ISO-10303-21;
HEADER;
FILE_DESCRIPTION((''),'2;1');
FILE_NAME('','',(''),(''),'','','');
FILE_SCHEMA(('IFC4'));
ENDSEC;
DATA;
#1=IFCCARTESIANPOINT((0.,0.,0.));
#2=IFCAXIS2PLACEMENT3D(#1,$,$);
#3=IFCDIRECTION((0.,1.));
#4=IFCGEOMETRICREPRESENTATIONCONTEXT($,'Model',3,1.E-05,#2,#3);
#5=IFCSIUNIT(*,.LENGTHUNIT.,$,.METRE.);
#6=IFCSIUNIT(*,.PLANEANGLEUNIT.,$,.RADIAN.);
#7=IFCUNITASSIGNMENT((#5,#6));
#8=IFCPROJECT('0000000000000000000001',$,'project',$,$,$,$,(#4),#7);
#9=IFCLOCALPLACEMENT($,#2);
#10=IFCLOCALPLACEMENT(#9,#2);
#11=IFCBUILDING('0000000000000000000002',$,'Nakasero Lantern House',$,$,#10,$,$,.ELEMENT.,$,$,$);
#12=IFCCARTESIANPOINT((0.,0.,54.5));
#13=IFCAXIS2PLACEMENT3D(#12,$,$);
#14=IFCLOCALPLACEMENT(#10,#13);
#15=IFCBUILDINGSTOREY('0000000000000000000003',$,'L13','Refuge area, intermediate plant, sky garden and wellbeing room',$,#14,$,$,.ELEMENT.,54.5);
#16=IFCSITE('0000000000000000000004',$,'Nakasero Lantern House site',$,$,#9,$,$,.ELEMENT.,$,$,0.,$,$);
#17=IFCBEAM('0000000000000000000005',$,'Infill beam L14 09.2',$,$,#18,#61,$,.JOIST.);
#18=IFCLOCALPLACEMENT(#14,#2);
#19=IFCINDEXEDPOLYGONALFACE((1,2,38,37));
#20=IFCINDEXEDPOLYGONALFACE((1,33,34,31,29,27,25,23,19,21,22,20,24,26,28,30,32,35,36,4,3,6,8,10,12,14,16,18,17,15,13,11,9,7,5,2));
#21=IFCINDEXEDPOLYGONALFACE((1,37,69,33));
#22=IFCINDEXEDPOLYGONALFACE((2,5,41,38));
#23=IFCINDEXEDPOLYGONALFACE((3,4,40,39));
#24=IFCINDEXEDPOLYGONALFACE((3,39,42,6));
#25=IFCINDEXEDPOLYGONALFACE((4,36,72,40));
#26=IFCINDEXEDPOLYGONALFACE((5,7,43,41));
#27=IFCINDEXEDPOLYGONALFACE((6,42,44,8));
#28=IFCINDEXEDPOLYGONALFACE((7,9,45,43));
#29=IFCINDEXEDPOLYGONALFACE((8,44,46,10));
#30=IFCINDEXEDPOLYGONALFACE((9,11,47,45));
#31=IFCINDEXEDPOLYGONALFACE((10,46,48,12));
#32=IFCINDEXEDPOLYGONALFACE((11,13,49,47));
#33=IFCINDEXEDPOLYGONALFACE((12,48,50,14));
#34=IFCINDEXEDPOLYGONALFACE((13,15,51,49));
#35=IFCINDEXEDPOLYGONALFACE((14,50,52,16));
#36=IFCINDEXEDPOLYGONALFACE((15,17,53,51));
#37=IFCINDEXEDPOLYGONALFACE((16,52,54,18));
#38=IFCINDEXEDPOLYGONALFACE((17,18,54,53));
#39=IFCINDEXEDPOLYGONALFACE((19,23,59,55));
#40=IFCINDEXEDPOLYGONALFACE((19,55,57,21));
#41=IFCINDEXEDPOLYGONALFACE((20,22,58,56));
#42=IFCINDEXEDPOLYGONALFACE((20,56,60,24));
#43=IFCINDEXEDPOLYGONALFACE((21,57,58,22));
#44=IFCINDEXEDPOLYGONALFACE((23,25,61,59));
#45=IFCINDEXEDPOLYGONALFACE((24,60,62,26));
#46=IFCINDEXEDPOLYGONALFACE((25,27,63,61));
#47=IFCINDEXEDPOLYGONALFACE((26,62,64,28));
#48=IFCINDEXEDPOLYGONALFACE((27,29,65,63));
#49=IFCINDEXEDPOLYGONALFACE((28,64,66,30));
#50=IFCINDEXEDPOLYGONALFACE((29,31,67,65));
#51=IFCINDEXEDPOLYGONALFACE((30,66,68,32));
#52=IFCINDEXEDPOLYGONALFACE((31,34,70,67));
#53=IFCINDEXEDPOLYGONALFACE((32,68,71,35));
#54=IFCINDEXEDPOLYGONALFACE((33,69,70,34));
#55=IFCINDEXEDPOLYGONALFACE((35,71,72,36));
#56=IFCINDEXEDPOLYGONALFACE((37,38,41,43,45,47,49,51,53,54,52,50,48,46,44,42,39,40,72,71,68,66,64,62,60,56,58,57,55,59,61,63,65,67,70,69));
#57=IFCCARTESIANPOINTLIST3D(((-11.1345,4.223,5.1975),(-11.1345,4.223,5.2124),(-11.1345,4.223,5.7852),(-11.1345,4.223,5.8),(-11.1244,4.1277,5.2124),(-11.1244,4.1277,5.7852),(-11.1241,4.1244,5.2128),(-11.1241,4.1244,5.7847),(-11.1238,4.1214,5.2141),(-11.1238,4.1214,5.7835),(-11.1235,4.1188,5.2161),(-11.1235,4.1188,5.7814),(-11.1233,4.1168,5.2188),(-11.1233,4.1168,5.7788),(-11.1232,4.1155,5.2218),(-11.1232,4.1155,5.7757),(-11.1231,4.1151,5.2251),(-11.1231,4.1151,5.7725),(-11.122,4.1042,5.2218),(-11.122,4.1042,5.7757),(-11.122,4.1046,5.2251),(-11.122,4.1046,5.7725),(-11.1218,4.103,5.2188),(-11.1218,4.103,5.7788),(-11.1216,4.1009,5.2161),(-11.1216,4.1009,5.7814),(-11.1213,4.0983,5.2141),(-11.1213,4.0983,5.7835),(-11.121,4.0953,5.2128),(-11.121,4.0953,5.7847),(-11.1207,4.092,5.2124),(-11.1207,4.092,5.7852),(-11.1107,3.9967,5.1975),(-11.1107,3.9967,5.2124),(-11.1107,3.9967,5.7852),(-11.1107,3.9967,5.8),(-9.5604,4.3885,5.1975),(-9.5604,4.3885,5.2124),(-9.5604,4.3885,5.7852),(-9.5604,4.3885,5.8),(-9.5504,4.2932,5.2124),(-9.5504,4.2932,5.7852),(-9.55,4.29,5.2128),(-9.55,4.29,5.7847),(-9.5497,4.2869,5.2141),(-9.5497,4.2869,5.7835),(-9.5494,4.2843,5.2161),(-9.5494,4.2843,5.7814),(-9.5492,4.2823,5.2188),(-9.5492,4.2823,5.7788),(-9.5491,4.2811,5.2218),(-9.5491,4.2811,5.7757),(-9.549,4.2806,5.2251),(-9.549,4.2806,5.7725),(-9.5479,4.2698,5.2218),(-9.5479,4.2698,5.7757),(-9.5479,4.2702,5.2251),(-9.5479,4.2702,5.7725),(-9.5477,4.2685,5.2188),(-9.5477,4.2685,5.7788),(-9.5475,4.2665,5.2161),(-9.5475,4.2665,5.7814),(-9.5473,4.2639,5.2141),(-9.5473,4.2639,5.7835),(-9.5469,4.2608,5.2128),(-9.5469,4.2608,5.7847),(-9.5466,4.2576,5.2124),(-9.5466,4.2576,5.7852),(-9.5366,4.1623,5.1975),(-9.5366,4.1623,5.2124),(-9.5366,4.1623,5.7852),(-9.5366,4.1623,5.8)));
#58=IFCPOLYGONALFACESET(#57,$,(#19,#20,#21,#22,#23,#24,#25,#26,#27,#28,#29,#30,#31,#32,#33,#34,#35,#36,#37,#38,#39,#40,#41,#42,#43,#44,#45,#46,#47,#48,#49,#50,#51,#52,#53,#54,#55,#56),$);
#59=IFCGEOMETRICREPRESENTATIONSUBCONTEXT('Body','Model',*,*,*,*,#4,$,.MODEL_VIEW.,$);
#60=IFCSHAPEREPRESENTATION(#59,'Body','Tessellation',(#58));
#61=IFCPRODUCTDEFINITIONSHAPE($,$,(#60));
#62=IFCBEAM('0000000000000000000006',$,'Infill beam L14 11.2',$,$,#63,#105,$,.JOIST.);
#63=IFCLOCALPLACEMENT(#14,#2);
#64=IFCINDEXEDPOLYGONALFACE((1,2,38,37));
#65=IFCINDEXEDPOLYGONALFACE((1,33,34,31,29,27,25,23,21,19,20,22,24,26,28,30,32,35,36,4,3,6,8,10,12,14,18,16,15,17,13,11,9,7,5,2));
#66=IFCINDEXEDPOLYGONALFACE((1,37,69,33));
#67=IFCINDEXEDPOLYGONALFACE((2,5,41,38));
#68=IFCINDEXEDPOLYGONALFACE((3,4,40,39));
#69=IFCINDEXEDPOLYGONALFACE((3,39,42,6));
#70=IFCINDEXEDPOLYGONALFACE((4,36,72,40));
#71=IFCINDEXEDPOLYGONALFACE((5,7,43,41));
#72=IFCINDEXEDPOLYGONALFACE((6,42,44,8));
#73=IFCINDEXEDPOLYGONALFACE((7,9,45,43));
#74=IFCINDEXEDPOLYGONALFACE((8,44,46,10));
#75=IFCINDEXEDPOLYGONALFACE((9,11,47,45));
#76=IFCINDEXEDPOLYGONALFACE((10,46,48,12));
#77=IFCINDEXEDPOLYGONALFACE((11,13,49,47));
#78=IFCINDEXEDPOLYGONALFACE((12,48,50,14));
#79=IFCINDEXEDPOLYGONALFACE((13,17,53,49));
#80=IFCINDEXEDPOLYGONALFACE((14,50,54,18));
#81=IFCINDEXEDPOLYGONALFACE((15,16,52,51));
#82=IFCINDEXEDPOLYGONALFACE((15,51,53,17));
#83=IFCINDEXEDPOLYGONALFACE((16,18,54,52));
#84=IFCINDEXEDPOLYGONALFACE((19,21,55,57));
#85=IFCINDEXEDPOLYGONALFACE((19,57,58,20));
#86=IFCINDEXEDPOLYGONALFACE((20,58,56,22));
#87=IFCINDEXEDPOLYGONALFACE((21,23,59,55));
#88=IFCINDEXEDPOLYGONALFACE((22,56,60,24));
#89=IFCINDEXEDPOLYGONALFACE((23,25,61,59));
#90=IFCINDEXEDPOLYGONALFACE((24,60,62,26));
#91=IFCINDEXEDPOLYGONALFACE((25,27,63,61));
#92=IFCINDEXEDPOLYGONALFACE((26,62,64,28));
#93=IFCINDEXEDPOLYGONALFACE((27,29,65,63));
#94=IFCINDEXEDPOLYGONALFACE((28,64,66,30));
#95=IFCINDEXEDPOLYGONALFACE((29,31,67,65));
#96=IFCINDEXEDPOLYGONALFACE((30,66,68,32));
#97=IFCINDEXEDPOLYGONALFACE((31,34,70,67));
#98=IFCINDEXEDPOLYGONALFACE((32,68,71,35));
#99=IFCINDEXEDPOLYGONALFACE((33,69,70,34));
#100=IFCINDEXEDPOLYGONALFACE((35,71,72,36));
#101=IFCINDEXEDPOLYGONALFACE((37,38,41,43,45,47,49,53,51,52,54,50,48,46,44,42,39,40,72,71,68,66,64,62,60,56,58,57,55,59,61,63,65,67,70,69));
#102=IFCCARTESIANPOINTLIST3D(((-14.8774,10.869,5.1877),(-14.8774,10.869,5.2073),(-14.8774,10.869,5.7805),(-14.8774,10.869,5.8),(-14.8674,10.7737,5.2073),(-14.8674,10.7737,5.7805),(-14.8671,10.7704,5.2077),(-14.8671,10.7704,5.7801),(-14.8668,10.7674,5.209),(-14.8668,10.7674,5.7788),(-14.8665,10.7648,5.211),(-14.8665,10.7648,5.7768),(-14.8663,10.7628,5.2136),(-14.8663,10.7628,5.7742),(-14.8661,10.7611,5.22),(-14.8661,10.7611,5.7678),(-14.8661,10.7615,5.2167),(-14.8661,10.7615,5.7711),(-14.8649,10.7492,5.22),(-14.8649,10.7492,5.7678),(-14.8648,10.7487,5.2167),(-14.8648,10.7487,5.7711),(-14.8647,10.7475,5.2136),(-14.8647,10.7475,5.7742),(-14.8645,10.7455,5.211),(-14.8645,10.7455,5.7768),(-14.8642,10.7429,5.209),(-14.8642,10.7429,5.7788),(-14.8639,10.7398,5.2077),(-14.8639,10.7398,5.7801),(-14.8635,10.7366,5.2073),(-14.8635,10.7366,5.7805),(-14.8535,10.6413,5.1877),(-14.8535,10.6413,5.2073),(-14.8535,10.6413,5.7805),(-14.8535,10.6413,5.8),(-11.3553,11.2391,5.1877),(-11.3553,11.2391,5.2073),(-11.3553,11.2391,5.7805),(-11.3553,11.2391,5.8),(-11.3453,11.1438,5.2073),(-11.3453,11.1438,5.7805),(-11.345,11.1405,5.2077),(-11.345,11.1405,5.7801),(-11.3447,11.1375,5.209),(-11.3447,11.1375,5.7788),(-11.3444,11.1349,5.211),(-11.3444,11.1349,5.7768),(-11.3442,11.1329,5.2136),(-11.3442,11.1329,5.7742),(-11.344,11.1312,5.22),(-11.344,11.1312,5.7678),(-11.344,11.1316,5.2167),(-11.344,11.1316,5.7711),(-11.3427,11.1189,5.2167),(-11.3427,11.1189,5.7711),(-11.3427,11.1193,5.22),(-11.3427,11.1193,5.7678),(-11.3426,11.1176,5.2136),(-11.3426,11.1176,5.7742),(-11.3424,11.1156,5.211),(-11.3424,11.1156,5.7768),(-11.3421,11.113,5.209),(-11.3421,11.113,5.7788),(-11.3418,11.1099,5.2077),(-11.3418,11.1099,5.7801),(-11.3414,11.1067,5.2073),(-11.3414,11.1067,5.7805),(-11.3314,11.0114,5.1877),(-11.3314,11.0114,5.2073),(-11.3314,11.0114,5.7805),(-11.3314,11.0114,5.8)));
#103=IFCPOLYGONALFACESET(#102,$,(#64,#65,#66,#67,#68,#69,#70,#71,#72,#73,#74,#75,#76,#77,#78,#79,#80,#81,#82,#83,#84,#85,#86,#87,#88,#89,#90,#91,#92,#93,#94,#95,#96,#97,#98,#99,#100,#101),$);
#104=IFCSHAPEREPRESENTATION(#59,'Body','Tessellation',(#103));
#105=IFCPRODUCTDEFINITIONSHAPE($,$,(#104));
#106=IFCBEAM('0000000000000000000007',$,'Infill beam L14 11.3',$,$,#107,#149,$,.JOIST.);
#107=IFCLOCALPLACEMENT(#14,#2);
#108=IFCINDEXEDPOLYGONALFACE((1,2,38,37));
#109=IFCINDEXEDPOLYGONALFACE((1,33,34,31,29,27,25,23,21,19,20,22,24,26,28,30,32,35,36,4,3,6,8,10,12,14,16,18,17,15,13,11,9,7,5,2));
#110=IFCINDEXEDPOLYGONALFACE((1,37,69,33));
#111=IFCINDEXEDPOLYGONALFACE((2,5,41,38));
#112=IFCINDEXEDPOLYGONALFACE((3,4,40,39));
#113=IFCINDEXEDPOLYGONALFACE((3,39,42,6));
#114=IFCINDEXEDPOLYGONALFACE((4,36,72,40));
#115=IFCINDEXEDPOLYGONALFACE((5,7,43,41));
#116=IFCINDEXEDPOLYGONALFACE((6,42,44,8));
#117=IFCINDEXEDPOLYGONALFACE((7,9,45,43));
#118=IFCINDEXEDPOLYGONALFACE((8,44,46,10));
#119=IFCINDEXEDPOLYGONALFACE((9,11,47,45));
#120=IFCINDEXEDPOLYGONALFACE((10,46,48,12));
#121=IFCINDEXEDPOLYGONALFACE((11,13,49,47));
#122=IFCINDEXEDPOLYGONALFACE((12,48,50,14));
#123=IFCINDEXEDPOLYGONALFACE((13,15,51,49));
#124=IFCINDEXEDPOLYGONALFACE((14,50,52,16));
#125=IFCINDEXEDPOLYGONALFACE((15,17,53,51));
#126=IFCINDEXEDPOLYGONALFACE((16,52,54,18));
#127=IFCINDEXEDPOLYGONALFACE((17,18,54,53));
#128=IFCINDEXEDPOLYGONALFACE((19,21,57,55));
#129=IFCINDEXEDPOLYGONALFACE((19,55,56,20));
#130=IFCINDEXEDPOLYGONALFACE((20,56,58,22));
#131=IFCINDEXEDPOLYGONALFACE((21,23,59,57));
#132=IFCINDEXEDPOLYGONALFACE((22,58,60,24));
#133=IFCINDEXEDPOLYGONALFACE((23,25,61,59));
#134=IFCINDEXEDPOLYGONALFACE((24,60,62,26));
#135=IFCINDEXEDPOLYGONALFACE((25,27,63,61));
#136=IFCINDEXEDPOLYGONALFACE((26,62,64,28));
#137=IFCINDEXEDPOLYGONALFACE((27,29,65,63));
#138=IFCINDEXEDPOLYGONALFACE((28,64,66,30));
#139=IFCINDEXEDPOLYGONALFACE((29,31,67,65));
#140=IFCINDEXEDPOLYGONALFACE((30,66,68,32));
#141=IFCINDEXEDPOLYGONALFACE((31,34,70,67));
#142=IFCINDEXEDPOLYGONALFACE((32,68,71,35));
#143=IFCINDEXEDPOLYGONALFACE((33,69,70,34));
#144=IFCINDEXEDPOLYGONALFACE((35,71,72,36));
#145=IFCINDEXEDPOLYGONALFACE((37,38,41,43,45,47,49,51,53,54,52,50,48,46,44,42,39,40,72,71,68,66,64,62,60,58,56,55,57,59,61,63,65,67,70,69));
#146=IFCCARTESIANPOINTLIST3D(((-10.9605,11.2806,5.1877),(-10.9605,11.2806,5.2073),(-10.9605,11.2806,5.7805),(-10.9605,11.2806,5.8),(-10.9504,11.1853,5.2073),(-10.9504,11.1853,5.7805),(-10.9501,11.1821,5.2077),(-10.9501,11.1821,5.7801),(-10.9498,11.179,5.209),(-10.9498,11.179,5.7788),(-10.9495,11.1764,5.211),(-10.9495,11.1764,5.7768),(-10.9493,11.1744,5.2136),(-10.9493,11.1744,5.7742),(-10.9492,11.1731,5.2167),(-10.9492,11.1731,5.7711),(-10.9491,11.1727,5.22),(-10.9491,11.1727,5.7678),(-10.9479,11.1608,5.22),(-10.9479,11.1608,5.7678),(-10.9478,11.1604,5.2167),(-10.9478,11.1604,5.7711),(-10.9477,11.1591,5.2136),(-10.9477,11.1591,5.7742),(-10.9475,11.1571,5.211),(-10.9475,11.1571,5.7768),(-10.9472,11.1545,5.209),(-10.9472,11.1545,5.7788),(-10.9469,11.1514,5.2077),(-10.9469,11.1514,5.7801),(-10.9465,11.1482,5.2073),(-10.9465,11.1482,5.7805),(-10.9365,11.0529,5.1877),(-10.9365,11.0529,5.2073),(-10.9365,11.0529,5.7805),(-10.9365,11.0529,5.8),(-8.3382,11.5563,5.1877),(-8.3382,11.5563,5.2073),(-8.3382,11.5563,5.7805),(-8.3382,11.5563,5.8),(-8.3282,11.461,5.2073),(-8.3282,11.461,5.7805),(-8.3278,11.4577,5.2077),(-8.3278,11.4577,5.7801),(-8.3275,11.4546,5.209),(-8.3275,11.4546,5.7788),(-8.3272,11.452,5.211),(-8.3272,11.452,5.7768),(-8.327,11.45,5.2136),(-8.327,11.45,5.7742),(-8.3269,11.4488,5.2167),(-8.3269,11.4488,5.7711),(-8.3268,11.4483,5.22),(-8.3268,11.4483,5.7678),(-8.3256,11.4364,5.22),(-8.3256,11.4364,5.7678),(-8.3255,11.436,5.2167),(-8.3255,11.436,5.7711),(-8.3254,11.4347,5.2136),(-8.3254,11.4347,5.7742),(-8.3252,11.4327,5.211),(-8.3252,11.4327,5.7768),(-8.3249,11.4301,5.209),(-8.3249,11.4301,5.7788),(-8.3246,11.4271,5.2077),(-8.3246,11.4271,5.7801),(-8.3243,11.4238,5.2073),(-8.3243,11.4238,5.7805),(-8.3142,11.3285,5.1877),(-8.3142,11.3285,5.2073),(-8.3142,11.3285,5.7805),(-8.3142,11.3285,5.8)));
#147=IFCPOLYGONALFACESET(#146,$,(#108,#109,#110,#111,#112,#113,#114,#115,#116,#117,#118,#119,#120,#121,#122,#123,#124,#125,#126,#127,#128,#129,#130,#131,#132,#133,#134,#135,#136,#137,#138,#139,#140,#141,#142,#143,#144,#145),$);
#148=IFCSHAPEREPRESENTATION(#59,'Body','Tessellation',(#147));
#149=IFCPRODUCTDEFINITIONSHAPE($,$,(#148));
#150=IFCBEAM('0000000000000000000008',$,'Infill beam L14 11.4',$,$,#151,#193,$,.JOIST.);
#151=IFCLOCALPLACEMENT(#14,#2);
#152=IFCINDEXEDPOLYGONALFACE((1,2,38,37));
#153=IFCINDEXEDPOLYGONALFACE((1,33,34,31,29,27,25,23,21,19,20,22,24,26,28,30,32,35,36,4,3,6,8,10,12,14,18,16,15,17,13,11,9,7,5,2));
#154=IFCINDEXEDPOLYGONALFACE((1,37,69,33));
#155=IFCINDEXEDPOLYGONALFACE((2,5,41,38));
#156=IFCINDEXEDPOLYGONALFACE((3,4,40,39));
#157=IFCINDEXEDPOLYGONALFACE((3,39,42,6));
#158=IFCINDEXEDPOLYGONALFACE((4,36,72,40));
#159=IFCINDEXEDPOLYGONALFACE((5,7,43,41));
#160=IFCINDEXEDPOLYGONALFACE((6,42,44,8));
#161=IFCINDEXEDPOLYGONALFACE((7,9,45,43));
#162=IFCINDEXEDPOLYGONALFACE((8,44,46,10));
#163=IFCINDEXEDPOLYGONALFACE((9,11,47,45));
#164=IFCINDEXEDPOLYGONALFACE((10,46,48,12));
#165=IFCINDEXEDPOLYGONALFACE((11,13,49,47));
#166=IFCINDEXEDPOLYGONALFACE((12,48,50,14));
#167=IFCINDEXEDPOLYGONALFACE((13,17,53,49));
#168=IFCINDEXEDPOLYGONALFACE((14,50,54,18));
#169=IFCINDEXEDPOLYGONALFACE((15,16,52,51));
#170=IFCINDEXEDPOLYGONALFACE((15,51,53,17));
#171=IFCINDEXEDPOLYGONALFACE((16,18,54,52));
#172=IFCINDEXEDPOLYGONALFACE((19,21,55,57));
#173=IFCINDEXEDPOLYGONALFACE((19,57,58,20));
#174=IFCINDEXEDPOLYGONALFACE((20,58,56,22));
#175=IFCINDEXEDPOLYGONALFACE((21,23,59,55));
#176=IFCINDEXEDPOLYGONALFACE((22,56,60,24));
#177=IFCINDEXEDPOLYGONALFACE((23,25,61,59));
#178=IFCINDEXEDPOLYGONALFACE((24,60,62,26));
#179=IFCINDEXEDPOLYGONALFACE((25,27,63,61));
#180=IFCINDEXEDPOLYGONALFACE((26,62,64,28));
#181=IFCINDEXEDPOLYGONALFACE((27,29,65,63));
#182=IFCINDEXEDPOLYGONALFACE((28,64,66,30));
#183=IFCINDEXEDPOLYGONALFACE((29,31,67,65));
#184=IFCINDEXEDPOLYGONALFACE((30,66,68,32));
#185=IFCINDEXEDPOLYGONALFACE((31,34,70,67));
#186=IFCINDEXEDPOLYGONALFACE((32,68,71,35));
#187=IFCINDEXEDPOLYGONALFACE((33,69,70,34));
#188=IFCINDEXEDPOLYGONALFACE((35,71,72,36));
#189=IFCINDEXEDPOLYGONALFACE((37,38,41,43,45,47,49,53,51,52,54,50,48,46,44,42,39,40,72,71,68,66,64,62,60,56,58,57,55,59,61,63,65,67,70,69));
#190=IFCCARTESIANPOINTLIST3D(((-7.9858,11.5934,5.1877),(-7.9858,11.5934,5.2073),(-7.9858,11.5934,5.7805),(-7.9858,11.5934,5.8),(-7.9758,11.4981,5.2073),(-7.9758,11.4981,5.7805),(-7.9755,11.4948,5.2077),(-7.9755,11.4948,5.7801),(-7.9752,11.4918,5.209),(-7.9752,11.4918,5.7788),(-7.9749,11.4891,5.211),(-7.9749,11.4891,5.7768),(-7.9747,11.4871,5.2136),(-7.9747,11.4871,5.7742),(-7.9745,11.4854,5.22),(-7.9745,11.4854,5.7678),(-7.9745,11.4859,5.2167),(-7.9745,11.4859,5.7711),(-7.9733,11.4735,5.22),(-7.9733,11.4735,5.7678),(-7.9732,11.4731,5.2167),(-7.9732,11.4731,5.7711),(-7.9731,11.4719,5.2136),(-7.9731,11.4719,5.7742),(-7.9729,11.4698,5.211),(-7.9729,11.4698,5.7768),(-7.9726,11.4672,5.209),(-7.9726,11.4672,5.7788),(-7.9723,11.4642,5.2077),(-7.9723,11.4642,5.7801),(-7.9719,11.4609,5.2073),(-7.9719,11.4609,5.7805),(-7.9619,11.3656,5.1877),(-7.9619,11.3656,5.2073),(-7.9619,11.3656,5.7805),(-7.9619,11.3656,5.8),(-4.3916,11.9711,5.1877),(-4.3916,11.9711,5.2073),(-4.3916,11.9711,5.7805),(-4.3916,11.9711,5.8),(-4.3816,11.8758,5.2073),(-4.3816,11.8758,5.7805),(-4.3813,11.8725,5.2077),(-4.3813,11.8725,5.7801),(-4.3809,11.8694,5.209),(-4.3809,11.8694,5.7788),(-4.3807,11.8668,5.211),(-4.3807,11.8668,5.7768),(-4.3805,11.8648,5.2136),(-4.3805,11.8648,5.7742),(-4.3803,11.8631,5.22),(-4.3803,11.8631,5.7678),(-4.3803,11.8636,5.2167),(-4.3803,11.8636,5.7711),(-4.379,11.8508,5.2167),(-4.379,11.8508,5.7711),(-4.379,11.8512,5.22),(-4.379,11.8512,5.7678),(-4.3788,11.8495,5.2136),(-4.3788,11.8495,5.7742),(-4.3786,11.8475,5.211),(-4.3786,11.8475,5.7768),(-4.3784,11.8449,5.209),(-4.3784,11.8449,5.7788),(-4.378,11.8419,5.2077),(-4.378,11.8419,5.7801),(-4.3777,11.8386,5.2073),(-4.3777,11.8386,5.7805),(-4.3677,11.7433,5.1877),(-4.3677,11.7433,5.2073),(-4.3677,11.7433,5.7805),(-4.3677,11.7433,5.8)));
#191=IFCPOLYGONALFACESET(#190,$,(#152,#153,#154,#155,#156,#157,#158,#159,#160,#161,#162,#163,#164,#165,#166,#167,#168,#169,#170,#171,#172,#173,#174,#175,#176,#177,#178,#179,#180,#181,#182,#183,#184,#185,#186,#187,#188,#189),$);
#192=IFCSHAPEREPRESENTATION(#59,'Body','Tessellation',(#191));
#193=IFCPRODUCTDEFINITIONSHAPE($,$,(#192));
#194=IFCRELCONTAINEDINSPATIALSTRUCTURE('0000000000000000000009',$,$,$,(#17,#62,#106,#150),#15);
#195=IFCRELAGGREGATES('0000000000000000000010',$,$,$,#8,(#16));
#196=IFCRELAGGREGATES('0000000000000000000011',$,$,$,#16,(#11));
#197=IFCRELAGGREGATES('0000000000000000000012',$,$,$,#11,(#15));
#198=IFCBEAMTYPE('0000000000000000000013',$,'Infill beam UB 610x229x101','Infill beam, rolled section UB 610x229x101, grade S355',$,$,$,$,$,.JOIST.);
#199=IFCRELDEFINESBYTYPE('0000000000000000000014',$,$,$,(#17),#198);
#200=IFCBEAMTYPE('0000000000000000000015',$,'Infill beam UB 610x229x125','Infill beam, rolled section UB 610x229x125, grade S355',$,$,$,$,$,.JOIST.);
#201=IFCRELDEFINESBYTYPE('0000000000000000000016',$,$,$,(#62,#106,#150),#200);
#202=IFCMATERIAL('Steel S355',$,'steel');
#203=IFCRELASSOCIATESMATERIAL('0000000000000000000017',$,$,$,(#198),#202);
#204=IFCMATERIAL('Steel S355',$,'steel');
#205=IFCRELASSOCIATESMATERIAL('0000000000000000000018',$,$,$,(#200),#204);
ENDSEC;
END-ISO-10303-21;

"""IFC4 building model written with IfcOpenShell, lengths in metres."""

from ifc_helpers import new_model, si_unit, direction, frame, origin, origin_2d, place, context, subcontext, project, spatial, i_section, extrude, material, material_profile, profile_set, type_object, element, save


model = new_model("IFC4")

# Units and contexts
model_context = context("Model", 3, precision=1e-05, world=origin(), true_north=direction((0.0, 1.0)))
body_context = subcontext(model_context, "Body", "Model", "MODEL_VIEW")
ifc_project = project(units=[si_unit("LENGTHUNIT", "METRE"), si_unit("PLANEANGLEUNIT", "RADIAN")], contexts=[model_context])

# Site, building, storey
site_placement = place(None, origin())
site = spatial("IfcSite", under=ifc_project, at=site_placement, Name="Nakasero Lantern House site", CompositionType="ELEMENT", RefElevation=0.0)
building_placement = place(site_placement, origin())
building = spatial("IfcBuilding", under=site, at=building_placement, Name="Nakasero Lantern House", CompositionType="ELEMENT")
storey_placement = place(building_placement, frame((0.0, 0.0, 54.5)))
storey = spatial("IfcBuildingStorey", under=building, at=storey_placement, Name="L13", Description="Refuge area, intermediate plant, sky garden and wellbeing room", CompositionType="ELEMENT", Elevation=54.5)

# Beams
ifc_material_1 = material(Name="Steel S355", Category="steel")
ifc_material_profile_1 = material_profile(ifc_material_1, i_section(OverallWidth=0.2275, OverallDepth=0.6025, WebThickness=0.0105, FlangeThickness=0.0149, FilletRadius=0.0127, at=origin_2d()), Name="UB 610x229x101")
ifc_profile_set_1 = profile_set([ifc_material_profile_1], Name="Steel S355")
beam_type_1 = type_object("IfcBeamType", Name="Infill beam UB 610x229x101", Description="Infill beam, rolled section UB 610x229x101, grade S355", PredefinedType="JOIST", material=ifc_profile_set_1)
beam_1_placement = place(storey_placement, frame((-11.1226, 4.1099, 5.4988), z_axis=(0.994516, 0.104588, 0.0), x_axis=(-0.104588, 0.994516, 0.0)))
element("IfcBeam", 1, at=beam_1_placement, inside=storey, type_object=beam_type_1, Name="Infill beam L14 09.2", PredefinedType="JOIST", context=body_context, shape_type="SweptSolid", body=[
    extrude(i_section(OverallWidth=0.2275, OverallDepth=0.6025, WebThickness=0.0105, FlangeThickness=0.0149, FilletRadius=0.0127, at=origin_2d()), origin(), (0.0, 0.0, 1.0), 1.5828),
])
ifc_material_2 = material(Name="Steel S355", Category="steel")
ifc_material_profile_2 = material_profile(ifc_material_2, i_section(OverallWidth=0.229, OverallDepth=0.6123, WebThickness=0.012, FlangeThickness=0.0195, FilletRadius=0.0127, at=origin_2d()), Name="UB 610x229x125")
ifc_profile_set_2 = profile_set([ifc_material_profile_2], Name="Steel S355")
beam_type_2 = type_object("IfcBeamType", Name="Infill beam UB 610x229x125", Description="Infill beam, rolled section UB 610x229x125, grade S355", PredefinedType="JOIST", material=ifc_profile_set_2)
beam_2_placement = place(storey_placement, frame((-14.8655, 10.7551, 5.4939), z_axis=(0.994524, 0.104505, 0.0), x_axis=(-0.104505, 0.994524, 0.0)))
element("IfcBeam", 2, at=beam_2_placement, inside=storey, type_object=beam_type_2, Name="Infill beam L14 11.2", PredefinedType="JOIST", context=body_context, shape_type="SweptSolid", body=[
    extrude(i_section(OverallWidth=0.229, OverallDepth=0.6123, WebThickness=0.012, FlangeThickness=0.0195, FilletRadius=0.0127, at=origin_2d()), origin(), (0.0, 0.0, 1.0), 3.5415),
])
beam_3_placement = place(storey_placement, frame((-10.9485, 11.1667, 5.4939), z_axis=(0.994521, 0.104535, 0.0), x_axis=(-0.104535, 0.994521, 0.0)))
element("IfcBeam", 3, at=beam_3_placement, inside=storey, type_object=beam_type_2, Name="Infill beam L14 11.3", PredefinedType="JOIST", context=body_context, shape_type="SweptSolid", body=[
    extrude(i_section(OverallWidth=0.229, OverallDepth=0.6123, WebThickness=0.012, FlangeThickness=0.0195, FilletRadius=0.0127, at=origin_2d()), origin(), (0.0, 0.0, 1.0), 2.6367),
])
beam_4_placement = place(storey_placement, frame((-7.9739, 11.4795, 5.4939), z_axis=(0.994524, 0.104505, 0.0), x_axis=(-0.104505, 0.994524, 0.0)))
element("IfcBeam", 4, at=beam_4_placement, inside=storey, type_object=beam_type_2, Name="Infill beam L14 11.4", PredefinedType="JOIST", context=body_context, shape_type="SweptSolid", body=[
    extrude(i_section(OverallWidth=0.229, OverallDepth=0.6123, WebThickness=0.012, FlangeThickness=0.0195, FilletRadius=0.0127, at=origin_2d()), origin(), (0.0, 0.0, 1.0), 3.614),
])

save(model, "model.ifc")
